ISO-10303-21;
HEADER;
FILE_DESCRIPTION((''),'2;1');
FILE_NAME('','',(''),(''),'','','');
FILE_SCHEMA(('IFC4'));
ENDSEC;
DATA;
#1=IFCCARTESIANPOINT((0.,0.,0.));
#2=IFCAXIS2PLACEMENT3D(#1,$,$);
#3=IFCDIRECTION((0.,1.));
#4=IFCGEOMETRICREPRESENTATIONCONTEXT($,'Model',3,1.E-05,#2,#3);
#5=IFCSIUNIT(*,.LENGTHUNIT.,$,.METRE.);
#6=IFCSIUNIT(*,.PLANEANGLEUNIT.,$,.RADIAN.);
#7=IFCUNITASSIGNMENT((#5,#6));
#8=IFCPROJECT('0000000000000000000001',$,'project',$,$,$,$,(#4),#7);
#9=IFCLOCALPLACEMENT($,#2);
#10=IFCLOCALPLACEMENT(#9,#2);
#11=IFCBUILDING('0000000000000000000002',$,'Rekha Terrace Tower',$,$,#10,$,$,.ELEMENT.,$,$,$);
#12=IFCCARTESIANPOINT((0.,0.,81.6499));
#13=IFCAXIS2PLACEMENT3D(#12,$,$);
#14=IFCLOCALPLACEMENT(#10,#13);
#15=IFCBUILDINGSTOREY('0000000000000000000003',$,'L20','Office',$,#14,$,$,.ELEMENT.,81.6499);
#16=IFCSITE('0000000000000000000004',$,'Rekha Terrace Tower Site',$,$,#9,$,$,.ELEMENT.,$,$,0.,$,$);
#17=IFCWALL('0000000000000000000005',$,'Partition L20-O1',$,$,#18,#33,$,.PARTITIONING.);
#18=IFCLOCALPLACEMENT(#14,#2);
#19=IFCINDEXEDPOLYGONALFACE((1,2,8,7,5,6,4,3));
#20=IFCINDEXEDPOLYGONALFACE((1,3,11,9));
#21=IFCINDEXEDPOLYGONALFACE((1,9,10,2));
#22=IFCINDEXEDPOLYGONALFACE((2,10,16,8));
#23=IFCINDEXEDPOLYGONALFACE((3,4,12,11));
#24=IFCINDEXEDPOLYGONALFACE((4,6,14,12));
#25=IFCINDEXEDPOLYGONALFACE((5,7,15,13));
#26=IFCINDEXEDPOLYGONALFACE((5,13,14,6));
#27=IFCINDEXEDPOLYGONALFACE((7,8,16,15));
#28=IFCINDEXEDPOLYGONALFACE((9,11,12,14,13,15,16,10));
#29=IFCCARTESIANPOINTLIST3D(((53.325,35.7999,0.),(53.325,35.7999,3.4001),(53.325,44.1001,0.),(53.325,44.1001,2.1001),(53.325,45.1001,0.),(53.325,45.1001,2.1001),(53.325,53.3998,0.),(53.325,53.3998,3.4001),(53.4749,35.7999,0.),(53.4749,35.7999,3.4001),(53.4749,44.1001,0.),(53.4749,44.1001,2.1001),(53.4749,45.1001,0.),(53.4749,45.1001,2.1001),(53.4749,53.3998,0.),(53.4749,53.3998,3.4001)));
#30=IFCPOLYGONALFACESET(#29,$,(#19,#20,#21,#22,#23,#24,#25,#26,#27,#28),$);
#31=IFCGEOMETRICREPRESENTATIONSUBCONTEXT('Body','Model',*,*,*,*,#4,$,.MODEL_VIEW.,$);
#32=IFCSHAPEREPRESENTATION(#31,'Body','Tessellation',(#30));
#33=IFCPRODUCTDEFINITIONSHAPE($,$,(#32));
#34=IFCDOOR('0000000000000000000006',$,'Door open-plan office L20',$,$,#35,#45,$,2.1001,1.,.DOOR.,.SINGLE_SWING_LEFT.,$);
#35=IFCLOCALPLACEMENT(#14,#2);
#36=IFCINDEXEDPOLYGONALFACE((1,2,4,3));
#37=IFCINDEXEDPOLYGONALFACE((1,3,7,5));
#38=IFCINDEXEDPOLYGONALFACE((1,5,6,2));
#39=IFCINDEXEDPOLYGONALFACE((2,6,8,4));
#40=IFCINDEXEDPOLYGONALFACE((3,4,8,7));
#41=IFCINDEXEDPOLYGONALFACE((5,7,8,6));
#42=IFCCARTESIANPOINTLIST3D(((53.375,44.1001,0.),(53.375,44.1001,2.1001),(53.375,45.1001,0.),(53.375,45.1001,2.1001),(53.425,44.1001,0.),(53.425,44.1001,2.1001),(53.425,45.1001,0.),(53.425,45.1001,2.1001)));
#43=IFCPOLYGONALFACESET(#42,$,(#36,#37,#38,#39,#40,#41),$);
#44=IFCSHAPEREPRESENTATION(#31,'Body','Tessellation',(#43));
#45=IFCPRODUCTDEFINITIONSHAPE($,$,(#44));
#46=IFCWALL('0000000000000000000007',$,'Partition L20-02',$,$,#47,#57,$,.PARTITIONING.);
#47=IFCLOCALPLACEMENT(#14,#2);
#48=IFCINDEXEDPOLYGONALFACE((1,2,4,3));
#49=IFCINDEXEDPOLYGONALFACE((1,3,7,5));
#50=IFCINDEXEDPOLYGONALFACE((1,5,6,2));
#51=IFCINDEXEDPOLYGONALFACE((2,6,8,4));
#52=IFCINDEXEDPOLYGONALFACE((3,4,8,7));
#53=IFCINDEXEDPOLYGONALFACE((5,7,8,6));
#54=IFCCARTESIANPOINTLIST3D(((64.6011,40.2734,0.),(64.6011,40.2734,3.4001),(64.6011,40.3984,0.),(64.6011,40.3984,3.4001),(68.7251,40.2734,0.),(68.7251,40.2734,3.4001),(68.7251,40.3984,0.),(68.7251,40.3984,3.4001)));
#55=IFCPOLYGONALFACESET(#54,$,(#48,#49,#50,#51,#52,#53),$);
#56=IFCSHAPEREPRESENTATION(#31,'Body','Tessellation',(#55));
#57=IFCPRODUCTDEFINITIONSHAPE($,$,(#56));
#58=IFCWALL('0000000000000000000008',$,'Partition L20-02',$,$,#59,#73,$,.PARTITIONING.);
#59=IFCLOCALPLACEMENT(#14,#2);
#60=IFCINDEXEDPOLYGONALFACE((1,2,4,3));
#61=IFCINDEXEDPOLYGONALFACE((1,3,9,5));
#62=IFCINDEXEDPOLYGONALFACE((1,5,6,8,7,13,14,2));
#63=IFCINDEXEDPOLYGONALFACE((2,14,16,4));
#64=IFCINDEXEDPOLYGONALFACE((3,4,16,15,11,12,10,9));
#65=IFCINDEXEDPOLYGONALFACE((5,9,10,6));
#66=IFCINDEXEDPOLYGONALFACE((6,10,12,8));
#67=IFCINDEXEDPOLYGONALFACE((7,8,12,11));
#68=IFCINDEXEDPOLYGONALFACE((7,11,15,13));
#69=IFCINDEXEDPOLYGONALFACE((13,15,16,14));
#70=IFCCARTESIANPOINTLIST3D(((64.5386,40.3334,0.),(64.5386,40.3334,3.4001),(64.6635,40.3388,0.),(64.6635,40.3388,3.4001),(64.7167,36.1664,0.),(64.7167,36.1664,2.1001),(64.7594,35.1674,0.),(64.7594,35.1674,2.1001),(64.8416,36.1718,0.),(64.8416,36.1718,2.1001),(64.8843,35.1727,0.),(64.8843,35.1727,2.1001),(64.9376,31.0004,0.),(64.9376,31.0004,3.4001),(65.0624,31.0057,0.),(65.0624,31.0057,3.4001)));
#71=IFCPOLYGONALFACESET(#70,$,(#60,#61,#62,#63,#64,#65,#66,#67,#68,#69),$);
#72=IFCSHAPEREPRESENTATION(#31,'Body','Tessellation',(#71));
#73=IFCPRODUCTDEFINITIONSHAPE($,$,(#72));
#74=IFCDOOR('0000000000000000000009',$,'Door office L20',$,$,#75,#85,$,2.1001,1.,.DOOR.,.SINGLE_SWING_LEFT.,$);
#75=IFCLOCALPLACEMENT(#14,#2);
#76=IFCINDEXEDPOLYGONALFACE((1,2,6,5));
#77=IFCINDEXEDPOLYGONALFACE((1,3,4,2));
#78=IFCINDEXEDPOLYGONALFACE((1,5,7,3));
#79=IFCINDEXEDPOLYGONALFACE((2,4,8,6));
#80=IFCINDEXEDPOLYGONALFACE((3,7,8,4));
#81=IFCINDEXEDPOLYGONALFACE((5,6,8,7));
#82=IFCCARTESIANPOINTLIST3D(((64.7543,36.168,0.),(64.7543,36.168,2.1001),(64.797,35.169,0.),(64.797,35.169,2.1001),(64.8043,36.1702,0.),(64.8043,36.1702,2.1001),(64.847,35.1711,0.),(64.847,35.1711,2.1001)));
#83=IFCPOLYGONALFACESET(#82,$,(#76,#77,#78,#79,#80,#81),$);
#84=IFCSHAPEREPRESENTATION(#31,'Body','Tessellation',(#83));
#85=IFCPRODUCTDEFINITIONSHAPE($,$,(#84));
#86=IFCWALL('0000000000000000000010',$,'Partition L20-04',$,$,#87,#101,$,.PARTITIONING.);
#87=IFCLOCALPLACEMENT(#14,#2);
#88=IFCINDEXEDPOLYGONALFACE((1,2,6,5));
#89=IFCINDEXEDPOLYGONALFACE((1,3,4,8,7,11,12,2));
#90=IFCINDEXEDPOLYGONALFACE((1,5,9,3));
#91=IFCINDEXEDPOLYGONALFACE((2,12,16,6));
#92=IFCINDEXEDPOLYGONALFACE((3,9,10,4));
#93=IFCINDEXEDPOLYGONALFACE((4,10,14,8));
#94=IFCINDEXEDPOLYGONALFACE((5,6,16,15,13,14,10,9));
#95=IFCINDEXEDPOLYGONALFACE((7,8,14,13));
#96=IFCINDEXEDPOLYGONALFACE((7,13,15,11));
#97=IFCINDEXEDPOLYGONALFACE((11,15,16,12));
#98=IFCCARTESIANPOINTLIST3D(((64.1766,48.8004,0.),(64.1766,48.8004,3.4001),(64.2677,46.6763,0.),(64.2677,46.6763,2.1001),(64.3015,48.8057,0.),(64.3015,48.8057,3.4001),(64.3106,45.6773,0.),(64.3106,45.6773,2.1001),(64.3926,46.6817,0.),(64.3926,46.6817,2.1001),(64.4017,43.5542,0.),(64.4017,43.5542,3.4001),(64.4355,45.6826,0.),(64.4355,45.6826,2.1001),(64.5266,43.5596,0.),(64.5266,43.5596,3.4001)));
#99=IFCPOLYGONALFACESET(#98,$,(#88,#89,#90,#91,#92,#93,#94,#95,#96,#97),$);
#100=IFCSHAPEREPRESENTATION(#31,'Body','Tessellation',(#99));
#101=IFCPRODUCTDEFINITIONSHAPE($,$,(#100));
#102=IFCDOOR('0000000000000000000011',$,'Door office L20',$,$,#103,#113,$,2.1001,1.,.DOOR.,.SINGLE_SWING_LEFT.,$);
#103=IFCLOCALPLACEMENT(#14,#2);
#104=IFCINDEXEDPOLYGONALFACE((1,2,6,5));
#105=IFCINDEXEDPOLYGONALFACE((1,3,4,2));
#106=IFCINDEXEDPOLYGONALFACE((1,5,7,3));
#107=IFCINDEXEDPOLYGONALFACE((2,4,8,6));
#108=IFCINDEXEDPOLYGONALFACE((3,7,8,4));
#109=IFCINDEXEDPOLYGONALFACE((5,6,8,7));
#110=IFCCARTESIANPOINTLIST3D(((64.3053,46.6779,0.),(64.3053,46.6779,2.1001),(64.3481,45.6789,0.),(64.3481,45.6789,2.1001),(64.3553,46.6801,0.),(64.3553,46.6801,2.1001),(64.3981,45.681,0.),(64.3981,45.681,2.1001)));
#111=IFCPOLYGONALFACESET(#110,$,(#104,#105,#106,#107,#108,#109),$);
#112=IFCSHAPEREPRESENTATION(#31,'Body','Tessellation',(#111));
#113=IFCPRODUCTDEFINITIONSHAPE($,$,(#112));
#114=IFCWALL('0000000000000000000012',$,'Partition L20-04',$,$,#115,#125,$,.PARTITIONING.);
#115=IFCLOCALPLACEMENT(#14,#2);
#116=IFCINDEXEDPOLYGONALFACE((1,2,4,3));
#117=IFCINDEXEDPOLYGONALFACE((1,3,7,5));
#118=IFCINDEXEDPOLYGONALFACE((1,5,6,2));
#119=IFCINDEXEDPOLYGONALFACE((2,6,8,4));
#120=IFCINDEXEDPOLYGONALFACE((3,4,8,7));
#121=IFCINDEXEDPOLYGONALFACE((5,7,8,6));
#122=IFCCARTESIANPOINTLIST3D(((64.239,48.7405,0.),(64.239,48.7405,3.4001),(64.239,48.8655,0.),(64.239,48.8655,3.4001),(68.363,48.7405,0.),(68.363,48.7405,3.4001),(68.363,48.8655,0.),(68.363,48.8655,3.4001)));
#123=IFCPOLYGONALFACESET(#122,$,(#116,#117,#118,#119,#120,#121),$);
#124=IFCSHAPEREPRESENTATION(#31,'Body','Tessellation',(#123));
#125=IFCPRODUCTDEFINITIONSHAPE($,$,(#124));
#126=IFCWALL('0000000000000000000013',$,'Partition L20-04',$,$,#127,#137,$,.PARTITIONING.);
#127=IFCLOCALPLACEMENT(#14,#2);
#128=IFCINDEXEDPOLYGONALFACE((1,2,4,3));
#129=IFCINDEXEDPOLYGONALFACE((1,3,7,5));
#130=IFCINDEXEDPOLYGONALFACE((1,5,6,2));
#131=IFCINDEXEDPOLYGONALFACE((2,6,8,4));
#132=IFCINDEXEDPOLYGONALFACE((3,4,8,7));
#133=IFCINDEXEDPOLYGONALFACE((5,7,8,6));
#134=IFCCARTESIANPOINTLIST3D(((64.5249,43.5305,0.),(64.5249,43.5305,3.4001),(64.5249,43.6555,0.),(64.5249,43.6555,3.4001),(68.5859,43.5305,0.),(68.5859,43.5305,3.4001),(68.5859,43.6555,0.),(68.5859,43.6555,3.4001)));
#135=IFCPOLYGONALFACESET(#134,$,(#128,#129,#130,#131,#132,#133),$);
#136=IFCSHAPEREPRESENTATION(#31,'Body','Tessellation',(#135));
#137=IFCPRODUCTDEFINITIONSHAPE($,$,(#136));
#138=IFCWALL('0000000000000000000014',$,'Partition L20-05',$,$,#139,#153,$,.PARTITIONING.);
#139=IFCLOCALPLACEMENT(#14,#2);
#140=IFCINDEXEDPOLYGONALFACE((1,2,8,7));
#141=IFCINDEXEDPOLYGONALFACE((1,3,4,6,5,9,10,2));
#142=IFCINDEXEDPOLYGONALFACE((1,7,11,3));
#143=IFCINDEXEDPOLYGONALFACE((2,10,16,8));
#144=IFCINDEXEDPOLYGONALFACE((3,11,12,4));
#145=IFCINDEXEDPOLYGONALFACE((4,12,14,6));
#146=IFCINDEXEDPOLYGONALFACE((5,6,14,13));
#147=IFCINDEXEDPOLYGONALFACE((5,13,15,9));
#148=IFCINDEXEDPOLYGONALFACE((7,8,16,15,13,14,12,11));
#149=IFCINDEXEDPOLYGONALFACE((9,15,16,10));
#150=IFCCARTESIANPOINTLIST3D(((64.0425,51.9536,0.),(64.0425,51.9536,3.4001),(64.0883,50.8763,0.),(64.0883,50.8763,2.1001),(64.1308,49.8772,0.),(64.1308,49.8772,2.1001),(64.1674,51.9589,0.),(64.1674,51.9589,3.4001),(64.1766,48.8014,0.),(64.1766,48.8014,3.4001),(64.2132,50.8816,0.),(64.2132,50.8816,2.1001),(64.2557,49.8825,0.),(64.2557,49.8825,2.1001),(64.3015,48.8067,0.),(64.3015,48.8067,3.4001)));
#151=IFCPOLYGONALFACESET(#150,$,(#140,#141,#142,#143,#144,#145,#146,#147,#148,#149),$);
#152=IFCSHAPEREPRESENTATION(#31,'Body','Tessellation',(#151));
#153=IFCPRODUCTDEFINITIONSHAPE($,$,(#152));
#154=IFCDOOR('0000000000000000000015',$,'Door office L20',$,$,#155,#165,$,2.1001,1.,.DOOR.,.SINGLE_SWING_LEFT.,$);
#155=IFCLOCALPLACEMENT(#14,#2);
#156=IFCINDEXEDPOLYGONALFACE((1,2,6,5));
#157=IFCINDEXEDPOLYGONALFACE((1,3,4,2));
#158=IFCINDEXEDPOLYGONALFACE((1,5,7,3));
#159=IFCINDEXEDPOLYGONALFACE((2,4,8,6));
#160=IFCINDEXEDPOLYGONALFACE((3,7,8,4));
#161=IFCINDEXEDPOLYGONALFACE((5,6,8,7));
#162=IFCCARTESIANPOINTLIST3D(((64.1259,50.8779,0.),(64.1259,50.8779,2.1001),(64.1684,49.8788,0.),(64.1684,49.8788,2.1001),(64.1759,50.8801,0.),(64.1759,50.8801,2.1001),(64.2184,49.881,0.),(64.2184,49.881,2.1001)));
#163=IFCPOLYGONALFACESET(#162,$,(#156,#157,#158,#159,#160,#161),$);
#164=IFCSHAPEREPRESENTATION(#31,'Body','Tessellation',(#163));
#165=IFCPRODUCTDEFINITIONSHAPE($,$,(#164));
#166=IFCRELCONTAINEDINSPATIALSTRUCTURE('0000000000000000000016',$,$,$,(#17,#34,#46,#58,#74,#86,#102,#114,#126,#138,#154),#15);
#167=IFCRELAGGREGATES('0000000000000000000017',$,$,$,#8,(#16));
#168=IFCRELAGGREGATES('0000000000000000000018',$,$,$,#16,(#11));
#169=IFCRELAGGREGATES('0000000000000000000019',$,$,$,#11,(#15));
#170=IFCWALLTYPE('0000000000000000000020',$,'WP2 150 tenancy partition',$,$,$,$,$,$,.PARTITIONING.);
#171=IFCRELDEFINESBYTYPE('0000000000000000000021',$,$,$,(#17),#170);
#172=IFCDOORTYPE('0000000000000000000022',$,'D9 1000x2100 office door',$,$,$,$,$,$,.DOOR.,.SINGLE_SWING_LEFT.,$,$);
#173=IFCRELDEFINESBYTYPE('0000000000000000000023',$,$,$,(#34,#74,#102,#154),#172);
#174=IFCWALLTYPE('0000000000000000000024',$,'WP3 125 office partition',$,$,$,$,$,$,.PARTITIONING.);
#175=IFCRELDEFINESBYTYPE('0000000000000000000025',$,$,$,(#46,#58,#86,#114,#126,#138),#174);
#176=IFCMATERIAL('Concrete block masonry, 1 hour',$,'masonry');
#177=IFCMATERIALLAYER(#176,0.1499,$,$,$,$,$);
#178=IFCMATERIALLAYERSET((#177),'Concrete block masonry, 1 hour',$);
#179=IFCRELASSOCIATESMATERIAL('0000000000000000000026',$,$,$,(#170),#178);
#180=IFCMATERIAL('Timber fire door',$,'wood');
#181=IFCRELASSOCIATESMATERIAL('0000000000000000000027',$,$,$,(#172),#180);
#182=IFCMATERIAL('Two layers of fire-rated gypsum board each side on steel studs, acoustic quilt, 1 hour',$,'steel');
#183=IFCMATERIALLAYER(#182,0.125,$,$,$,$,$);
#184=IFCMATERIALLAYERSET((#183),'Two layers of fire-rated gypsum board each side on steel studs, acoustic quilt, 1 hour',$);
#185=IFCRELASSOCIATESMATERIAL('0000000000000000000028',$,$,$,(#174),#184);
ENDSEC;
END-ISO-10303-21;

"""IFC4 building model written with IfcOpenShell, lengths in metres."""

from ifc_helpers import new_model, si_unit, direction, frame, frame_2d, origin, place, context, subcontext, project, spatial, rectangle, extrude, material, layer, layer_set, type_object, element, fill, save


model = new_model("IFC4")

# Units and contexts
model_context = context("Model", 3, precision=1e-05, world=origin(), true_north=direction((0.0, 1.0)))
body_context = subcontext(model_context, "Body", "Model", "MODEL_VIEW")
ifc_project = project(units=[si_unit("LENGTHUNIT", "METRE"), si_unit("PLANEANGLEUNIT", "RADIAN")], contexts=[model_context])

# Site, building, storey
site_placement = place(None, origin())
site = spatial("IfcSite", under=ifc_project, at=site_placement, Name="Rekha Terrace Tower Site", CompositionType="ELEMENT", RefElevation=0.0)
building_placement = place(site_placement, origin())
building = spatial("IfcBuilding", under=site, at=building_placement, Name="Rekha Terrace Tower", CompositionType="ELEMENT")
storey_placement = place(building_placement, frame((0.0, 0.0, 81.6499)))
storey = spatial("IfcBuildingStorey", under=building, at=storey_placement, Name="L20", Description="Office", CompositionType="ELEMENT", Elevation=81.6499)

# Shared definitions
ifc_material_1 = material(Name="Concrete block masonry, 1 hour", Category="masonry")
ifc_layer_1 = layer(ifc_material_1, 0.1499)
ifc_layer_set_1 = layer_set([ifc_layer_1], Name="Concrete block masonry, 1 hour")
wall_type_1 = type_object("IfcWallType", Name="WP2 150 tenancy partition", PredefinedType="PARTITIONING", material=ifc_layer_set_1)

# Wall, opening, door
wall_1_placement = place(storey_placement, frame((53.3999, 35.8, 0.0), z_axis=(0.0, 0.0, 1.0), x_axis=(0.0, 1.0, 0.0)))
wall_1 = element("IfcWall", 1, at=wall_1_placement, inside=storey, type_object=wall_type_1, Name="Partition L20-O1", PredefinedType="PARTITIONING", context=body_context, shape_type="SweptSolid", body=[
    extrude(rectangle(XDim=17.5999, YDim=0.1499, at=frame_2d((8.7998, 0.0))), origin(), (0.0, 0.0, 1.0), 3.4001),
])
opening_1_placement = place(wall_1_placement, frame((8.3, 0.0, 0.0)))
opening_1 = element("IfcOpeningElement", 2, at=opening_1_placement, cuts=wall_1, PredefinedType="OPENING", context=body_context, shape_type="SweptSolid", body=[
    extrude(rectangle(XDim=1.0, YDim=2.1001, at=frame_2d((0.5, 1.05))), frame((0.0, 0.085, 0.0), z_axis=(0.0, -1.0, 0.0), x_axis=(1.0, 0.0, 0.0)), (0.0, 0.0, 1.0), 0.1699),
])
ifc_material_2 = material(Name="Timber fire door", Category="wood")
door_type = type_object("IfcDoorType", Name="D9 1000x2100 office door", OperationType="SINGLE_SWING_LEFT", PredefinedType="DOOR", material=ifc_material_2)
door_1_placement = place(opening_1_placement, origin())
door_1 = element("IfcDoor", 3, at=door_1_placement, inside=storey, type_object=door_type, Name="Door open-plan office L20", OperationType="SINGLE_SWING_LEFT", OverallHeight=2.1001, OverallWidth=1.0, PredefinedType="DOOR", context=body_context, shape_type="SweptSolid", body=[
    extrude(rectangle(XDim=1.0, YDim=2.1001, at=frame_2d((0.5, 1.05))), frame((0.0, 0.0249, 0.0), z_axis=(0.0, -1.0, 0.0), x_axis=(1.0, 0.0, 0.0)), (0.0, 0.0, 1.0), 0.05),
])
fill(opening_1, door_1)

# Wall
ifc_material_3 = material(Name="Two layers of fire-rated gypsum board each side on steel studs, acoustic quilt, 1 hour", Category="steel")
ifc_layer_2 = layer(ifc_material_3, 0.125)
ifc_layer_set_2 = layer_set([ifc_layer_2], Name="Two layers of fire-rated gypsum board each side on steel studs, acoustic quilt, 1 hour")
wall_type_2 = type_object("IfcWallType", Name="WP3 125 office partition", PredefinedType="PARTITIONING", material=ifc_layer_set_2)
wall_2_placement = place(storey_placement, frame((64.6011, 40.3359, 0.0), z_axis=(0.0, 0.0, 1.0), x_axis=(1.0, 0.0, 0.0)))
element("IfcWall", 4, at=wall_2_placement, inside=storey, type_object=wall_type_2, Name="Partition L20-02", PredefinedType="PARTITIONING", context=body_context, shape_type="SweptSolid", body=[
    extrude(rectangle(XDim=4.124, YDim=0.125, at=frame_2d((2.062, 0.0))), origin(), (0.0, 0.0, 1.0), 3.4001),
])

# Walls, openings, doors
wall_3_placement = place(storey_placement, frame((65.0, 31.0029, 0.0), z_axis=(0.0, 0.0, 1.0), x_axis=(-0.042705, 0.999088, 0.0)))
wall_3 = element("IfcWall", 5, at=wall_3_placement, inside=storey, type_object=wall_type_2, Name="Partition L20-02", PredefinedType="PARTITIONING", context=body_context, shape_type="SweptSolid", body=[
    extrude(rectangle(XDim=9.3416, YDim=0.125, at=frame_2d((4.6709, 0.0))), origin(), (0.0, 0.0, 1.0), 3.4001),
])
opening_2_placement = place(wall_3_placement, frame((4.1709, 0.0, 0.0)))
opening_2 = element("IfcOpeningElement", 6, at=opening_2_placement, cuts=wall_3, PredefinedType="OPENING", context=body_context, shape_type="SweptSolid", body=[
    extrude(rectangle(XDim=1.0, YDim=2.1001, at=frame_2d((0.5, 1.05))), frame((0.0, 0.0725, 0.0), z_axis=(0.0, -1.0, 0.0), x_axis=(1.0, 0.0, 0.0)), (0.0, 0.0, 1.0), 0.145),
])
door_2_placement = place(opening_2_placement, origin())
door_2 = element("IfcDoor", 7, at=door_2_placement, inside=storey, type_object=door_type, Name="Door office L20", OperationType="SINGLE_SWING_LEFT", OverallHeight=2.1001, OverallWidth=1.0, PredefinedType="DOOR", context=body_context, shape_type="SweptSolid", body=[
    extrude(rectangle(XDim=1.0, YDim=2.1001, at=frame_2d((0.5, 1.05))), frame((0.0, 0.0249, 0.0), z_axis=(0.0, -1.0, 0.0), x_axis=(1.0, 0.0, 0.0)), (0.0, 0.0, 1.0), 0.05),
])
fill(opening_2, door_2)
wall_4_placement = place(storey_placement, frame((64.4641, 43.5569, 0.0), z_axis=(0.0, 0.0, 1.0), x_axis=(-0.042868, 0.999081, 0.0)))
wall_4 = element("IfcWall", 8, at=wall_4_placement, inside=storey, type_object=wall_type_2, Name="Partition L20-04", PredefinedType="PARTITIONING", context=body_context, shape_type="SweptSolid", body=[
    extrude(rectangle(XDim=5.251, YDim=0.125, at=frame_2d((2.6255, 0.0))), origin(), (0.0, 0.0, 1.0), 3.4001),
])
opening_3_placement = place(wall_4_placement, frame((2.125, 0.0, 0.0)))
opening_3 = element("IfcOpeningElement", 9, at=opening_3_placement, cuts=wall_4, PredefinedType="OPENING", context=body_context, shape_type="SweptSolid", body=[
    extrude(rectangle(XDim=1.0, YDim=2.1001, at=frame_2d((0.5, 1.05))), frame((0.0, 0.0725, 0.0), z_axis=(0.0, -1.0, 0.0), x_axis=(1.0, 0.0, 0.0)), (0.0, 0.0, 1.0), 0.145),
])
door_3_placement = place(opening_3_placement, origin())
door_3 = element("IfcDoor", 10, at=door_3_placement, inside=storey, type_object=door_type, Name="Door office L20", OperationType="SINGLE_SWING_LEFT", OverallHeight=2.1001, OverallWidth=1.0, PredefinedType="DOOR", context=body_context, shape_type="SweptSolid", body=[
    extrude(rectangle(XDim=1.0, YDim=2.1001, at=frame_2d((0.5, 1.05))), frame((0.0, 0.0249, 0.0), z_axis=(0.0, -1.0, 0.0), x_axis=(1.0, 0.0, 0.0)), (0.0, 0.0, 1.0), 0.05),
])
fill(opening_3, door_3)

# Walls
wall_5_placement = place(storey_placement, frame((64.239, 48.803, 0.0), z_axis=(0.0, 0.0, 1.0), x_axis=(1.0, 0.0, 0.0)))
element("IfcWall", 11, at=wall_5_placement, inside=storey, type_object=wall_type_2, Name="Partition L20-04", PredefinedType="PARTITIONING", context=body_context, shape_type="SweptSolid", body=[
    extrude(rectangle(XDim=4.124, YDim=0.125, at=frame_2d((2.062, 0.0))), origin(), (0.0, 0.0, 1.0), 3.4001),
])
wall_6_placement = place(storey_placement, frame((68.5859, 43.593, 0.0), z_axis=(0.0, 0.0, 1.0), x_axis=(-1.0, 0.0, 0.0)))
element("IfcWall", 12, at=wall_6_placement, inside=storey, type_object=wall_type_2, Name="Partition L20-04", PredefinedType="PARTITIONING", context=body_context, shape_type="SweptSolid", body=[
    extrude(rectangle(XDim=4.061, YDim=0.125, at=frame_2d((2.0305, 0.0))), origin(), (0.0, 0.0, 1.0), 3.4001),
])

# Wall, opening, door
wall_7_placement = place(storey_placement, frame((64.239, 48.804, 0.0), z_axis=(0.0, 0.0, 1.0), x_axis=(-0.042483, 0.999097, 0.0)))
wall_7 = element("IfcWall", 13, at=wall_7_placement, inside=storey, type_object=wall_type_2, Name="Partition L20-05", PredefinedType="PARTITIONING", context=body_context, shape_type="SweptSolid", body=[
    extrude(rectangle(XDim=3.155, YDim=0.125, at=frame_2d((1.5776, 0.0))), origin(), (0.0, 0.0, 1.0), 3.4001),
])
opening_4_placement = place(wall_7_placement, frame((1.0769, 0.0, 0.0)))
opening_4 = element("IfcOpeningElement", 14, at=opening_4_placement, cuts=wall_7, PredefinedType="OPENING", context=body_context, shape_type="SweptSolid", body=[
    extrude(rectangle(XDim=1.0, YDim=2.1001, at=frame_2d((0.5, 1.05))), frame((0.0, 0.0725, 0.0), z_axis=(0.0, -1.0, 0.0), x_axis=(1.0, 0.0, 0.0)), (0.0, 0.0, 1.0), 0.145),
])
door_4_placement = place(opening_4_placement, origin())
door_4 = element("IfcDoor", 15, at=door_4_placement, inside=storey, type_object=door_type, Name="Door office L20", OperationType="SINGLE_SWING_LEFT", OverallHeight=2.1001, OverallWidth=1.0, PredefinedType="DOOR", context=body_context, shape_type="SweptSolid", body=[
    extrude(rectangle(XDim=1.0, YDim=2.1001, at=frame_2d((0.5, 1.05))), frame((0.0, 0.0249, 0.0), z_axis=(0.0, -1.0, 0.0), x_axis=(1.0, 0.0, 0.0)), (0.0, 0.0, 1.0), 0.05),
])
fill(opening_4, door_4)

save(model, "model.ifc")
